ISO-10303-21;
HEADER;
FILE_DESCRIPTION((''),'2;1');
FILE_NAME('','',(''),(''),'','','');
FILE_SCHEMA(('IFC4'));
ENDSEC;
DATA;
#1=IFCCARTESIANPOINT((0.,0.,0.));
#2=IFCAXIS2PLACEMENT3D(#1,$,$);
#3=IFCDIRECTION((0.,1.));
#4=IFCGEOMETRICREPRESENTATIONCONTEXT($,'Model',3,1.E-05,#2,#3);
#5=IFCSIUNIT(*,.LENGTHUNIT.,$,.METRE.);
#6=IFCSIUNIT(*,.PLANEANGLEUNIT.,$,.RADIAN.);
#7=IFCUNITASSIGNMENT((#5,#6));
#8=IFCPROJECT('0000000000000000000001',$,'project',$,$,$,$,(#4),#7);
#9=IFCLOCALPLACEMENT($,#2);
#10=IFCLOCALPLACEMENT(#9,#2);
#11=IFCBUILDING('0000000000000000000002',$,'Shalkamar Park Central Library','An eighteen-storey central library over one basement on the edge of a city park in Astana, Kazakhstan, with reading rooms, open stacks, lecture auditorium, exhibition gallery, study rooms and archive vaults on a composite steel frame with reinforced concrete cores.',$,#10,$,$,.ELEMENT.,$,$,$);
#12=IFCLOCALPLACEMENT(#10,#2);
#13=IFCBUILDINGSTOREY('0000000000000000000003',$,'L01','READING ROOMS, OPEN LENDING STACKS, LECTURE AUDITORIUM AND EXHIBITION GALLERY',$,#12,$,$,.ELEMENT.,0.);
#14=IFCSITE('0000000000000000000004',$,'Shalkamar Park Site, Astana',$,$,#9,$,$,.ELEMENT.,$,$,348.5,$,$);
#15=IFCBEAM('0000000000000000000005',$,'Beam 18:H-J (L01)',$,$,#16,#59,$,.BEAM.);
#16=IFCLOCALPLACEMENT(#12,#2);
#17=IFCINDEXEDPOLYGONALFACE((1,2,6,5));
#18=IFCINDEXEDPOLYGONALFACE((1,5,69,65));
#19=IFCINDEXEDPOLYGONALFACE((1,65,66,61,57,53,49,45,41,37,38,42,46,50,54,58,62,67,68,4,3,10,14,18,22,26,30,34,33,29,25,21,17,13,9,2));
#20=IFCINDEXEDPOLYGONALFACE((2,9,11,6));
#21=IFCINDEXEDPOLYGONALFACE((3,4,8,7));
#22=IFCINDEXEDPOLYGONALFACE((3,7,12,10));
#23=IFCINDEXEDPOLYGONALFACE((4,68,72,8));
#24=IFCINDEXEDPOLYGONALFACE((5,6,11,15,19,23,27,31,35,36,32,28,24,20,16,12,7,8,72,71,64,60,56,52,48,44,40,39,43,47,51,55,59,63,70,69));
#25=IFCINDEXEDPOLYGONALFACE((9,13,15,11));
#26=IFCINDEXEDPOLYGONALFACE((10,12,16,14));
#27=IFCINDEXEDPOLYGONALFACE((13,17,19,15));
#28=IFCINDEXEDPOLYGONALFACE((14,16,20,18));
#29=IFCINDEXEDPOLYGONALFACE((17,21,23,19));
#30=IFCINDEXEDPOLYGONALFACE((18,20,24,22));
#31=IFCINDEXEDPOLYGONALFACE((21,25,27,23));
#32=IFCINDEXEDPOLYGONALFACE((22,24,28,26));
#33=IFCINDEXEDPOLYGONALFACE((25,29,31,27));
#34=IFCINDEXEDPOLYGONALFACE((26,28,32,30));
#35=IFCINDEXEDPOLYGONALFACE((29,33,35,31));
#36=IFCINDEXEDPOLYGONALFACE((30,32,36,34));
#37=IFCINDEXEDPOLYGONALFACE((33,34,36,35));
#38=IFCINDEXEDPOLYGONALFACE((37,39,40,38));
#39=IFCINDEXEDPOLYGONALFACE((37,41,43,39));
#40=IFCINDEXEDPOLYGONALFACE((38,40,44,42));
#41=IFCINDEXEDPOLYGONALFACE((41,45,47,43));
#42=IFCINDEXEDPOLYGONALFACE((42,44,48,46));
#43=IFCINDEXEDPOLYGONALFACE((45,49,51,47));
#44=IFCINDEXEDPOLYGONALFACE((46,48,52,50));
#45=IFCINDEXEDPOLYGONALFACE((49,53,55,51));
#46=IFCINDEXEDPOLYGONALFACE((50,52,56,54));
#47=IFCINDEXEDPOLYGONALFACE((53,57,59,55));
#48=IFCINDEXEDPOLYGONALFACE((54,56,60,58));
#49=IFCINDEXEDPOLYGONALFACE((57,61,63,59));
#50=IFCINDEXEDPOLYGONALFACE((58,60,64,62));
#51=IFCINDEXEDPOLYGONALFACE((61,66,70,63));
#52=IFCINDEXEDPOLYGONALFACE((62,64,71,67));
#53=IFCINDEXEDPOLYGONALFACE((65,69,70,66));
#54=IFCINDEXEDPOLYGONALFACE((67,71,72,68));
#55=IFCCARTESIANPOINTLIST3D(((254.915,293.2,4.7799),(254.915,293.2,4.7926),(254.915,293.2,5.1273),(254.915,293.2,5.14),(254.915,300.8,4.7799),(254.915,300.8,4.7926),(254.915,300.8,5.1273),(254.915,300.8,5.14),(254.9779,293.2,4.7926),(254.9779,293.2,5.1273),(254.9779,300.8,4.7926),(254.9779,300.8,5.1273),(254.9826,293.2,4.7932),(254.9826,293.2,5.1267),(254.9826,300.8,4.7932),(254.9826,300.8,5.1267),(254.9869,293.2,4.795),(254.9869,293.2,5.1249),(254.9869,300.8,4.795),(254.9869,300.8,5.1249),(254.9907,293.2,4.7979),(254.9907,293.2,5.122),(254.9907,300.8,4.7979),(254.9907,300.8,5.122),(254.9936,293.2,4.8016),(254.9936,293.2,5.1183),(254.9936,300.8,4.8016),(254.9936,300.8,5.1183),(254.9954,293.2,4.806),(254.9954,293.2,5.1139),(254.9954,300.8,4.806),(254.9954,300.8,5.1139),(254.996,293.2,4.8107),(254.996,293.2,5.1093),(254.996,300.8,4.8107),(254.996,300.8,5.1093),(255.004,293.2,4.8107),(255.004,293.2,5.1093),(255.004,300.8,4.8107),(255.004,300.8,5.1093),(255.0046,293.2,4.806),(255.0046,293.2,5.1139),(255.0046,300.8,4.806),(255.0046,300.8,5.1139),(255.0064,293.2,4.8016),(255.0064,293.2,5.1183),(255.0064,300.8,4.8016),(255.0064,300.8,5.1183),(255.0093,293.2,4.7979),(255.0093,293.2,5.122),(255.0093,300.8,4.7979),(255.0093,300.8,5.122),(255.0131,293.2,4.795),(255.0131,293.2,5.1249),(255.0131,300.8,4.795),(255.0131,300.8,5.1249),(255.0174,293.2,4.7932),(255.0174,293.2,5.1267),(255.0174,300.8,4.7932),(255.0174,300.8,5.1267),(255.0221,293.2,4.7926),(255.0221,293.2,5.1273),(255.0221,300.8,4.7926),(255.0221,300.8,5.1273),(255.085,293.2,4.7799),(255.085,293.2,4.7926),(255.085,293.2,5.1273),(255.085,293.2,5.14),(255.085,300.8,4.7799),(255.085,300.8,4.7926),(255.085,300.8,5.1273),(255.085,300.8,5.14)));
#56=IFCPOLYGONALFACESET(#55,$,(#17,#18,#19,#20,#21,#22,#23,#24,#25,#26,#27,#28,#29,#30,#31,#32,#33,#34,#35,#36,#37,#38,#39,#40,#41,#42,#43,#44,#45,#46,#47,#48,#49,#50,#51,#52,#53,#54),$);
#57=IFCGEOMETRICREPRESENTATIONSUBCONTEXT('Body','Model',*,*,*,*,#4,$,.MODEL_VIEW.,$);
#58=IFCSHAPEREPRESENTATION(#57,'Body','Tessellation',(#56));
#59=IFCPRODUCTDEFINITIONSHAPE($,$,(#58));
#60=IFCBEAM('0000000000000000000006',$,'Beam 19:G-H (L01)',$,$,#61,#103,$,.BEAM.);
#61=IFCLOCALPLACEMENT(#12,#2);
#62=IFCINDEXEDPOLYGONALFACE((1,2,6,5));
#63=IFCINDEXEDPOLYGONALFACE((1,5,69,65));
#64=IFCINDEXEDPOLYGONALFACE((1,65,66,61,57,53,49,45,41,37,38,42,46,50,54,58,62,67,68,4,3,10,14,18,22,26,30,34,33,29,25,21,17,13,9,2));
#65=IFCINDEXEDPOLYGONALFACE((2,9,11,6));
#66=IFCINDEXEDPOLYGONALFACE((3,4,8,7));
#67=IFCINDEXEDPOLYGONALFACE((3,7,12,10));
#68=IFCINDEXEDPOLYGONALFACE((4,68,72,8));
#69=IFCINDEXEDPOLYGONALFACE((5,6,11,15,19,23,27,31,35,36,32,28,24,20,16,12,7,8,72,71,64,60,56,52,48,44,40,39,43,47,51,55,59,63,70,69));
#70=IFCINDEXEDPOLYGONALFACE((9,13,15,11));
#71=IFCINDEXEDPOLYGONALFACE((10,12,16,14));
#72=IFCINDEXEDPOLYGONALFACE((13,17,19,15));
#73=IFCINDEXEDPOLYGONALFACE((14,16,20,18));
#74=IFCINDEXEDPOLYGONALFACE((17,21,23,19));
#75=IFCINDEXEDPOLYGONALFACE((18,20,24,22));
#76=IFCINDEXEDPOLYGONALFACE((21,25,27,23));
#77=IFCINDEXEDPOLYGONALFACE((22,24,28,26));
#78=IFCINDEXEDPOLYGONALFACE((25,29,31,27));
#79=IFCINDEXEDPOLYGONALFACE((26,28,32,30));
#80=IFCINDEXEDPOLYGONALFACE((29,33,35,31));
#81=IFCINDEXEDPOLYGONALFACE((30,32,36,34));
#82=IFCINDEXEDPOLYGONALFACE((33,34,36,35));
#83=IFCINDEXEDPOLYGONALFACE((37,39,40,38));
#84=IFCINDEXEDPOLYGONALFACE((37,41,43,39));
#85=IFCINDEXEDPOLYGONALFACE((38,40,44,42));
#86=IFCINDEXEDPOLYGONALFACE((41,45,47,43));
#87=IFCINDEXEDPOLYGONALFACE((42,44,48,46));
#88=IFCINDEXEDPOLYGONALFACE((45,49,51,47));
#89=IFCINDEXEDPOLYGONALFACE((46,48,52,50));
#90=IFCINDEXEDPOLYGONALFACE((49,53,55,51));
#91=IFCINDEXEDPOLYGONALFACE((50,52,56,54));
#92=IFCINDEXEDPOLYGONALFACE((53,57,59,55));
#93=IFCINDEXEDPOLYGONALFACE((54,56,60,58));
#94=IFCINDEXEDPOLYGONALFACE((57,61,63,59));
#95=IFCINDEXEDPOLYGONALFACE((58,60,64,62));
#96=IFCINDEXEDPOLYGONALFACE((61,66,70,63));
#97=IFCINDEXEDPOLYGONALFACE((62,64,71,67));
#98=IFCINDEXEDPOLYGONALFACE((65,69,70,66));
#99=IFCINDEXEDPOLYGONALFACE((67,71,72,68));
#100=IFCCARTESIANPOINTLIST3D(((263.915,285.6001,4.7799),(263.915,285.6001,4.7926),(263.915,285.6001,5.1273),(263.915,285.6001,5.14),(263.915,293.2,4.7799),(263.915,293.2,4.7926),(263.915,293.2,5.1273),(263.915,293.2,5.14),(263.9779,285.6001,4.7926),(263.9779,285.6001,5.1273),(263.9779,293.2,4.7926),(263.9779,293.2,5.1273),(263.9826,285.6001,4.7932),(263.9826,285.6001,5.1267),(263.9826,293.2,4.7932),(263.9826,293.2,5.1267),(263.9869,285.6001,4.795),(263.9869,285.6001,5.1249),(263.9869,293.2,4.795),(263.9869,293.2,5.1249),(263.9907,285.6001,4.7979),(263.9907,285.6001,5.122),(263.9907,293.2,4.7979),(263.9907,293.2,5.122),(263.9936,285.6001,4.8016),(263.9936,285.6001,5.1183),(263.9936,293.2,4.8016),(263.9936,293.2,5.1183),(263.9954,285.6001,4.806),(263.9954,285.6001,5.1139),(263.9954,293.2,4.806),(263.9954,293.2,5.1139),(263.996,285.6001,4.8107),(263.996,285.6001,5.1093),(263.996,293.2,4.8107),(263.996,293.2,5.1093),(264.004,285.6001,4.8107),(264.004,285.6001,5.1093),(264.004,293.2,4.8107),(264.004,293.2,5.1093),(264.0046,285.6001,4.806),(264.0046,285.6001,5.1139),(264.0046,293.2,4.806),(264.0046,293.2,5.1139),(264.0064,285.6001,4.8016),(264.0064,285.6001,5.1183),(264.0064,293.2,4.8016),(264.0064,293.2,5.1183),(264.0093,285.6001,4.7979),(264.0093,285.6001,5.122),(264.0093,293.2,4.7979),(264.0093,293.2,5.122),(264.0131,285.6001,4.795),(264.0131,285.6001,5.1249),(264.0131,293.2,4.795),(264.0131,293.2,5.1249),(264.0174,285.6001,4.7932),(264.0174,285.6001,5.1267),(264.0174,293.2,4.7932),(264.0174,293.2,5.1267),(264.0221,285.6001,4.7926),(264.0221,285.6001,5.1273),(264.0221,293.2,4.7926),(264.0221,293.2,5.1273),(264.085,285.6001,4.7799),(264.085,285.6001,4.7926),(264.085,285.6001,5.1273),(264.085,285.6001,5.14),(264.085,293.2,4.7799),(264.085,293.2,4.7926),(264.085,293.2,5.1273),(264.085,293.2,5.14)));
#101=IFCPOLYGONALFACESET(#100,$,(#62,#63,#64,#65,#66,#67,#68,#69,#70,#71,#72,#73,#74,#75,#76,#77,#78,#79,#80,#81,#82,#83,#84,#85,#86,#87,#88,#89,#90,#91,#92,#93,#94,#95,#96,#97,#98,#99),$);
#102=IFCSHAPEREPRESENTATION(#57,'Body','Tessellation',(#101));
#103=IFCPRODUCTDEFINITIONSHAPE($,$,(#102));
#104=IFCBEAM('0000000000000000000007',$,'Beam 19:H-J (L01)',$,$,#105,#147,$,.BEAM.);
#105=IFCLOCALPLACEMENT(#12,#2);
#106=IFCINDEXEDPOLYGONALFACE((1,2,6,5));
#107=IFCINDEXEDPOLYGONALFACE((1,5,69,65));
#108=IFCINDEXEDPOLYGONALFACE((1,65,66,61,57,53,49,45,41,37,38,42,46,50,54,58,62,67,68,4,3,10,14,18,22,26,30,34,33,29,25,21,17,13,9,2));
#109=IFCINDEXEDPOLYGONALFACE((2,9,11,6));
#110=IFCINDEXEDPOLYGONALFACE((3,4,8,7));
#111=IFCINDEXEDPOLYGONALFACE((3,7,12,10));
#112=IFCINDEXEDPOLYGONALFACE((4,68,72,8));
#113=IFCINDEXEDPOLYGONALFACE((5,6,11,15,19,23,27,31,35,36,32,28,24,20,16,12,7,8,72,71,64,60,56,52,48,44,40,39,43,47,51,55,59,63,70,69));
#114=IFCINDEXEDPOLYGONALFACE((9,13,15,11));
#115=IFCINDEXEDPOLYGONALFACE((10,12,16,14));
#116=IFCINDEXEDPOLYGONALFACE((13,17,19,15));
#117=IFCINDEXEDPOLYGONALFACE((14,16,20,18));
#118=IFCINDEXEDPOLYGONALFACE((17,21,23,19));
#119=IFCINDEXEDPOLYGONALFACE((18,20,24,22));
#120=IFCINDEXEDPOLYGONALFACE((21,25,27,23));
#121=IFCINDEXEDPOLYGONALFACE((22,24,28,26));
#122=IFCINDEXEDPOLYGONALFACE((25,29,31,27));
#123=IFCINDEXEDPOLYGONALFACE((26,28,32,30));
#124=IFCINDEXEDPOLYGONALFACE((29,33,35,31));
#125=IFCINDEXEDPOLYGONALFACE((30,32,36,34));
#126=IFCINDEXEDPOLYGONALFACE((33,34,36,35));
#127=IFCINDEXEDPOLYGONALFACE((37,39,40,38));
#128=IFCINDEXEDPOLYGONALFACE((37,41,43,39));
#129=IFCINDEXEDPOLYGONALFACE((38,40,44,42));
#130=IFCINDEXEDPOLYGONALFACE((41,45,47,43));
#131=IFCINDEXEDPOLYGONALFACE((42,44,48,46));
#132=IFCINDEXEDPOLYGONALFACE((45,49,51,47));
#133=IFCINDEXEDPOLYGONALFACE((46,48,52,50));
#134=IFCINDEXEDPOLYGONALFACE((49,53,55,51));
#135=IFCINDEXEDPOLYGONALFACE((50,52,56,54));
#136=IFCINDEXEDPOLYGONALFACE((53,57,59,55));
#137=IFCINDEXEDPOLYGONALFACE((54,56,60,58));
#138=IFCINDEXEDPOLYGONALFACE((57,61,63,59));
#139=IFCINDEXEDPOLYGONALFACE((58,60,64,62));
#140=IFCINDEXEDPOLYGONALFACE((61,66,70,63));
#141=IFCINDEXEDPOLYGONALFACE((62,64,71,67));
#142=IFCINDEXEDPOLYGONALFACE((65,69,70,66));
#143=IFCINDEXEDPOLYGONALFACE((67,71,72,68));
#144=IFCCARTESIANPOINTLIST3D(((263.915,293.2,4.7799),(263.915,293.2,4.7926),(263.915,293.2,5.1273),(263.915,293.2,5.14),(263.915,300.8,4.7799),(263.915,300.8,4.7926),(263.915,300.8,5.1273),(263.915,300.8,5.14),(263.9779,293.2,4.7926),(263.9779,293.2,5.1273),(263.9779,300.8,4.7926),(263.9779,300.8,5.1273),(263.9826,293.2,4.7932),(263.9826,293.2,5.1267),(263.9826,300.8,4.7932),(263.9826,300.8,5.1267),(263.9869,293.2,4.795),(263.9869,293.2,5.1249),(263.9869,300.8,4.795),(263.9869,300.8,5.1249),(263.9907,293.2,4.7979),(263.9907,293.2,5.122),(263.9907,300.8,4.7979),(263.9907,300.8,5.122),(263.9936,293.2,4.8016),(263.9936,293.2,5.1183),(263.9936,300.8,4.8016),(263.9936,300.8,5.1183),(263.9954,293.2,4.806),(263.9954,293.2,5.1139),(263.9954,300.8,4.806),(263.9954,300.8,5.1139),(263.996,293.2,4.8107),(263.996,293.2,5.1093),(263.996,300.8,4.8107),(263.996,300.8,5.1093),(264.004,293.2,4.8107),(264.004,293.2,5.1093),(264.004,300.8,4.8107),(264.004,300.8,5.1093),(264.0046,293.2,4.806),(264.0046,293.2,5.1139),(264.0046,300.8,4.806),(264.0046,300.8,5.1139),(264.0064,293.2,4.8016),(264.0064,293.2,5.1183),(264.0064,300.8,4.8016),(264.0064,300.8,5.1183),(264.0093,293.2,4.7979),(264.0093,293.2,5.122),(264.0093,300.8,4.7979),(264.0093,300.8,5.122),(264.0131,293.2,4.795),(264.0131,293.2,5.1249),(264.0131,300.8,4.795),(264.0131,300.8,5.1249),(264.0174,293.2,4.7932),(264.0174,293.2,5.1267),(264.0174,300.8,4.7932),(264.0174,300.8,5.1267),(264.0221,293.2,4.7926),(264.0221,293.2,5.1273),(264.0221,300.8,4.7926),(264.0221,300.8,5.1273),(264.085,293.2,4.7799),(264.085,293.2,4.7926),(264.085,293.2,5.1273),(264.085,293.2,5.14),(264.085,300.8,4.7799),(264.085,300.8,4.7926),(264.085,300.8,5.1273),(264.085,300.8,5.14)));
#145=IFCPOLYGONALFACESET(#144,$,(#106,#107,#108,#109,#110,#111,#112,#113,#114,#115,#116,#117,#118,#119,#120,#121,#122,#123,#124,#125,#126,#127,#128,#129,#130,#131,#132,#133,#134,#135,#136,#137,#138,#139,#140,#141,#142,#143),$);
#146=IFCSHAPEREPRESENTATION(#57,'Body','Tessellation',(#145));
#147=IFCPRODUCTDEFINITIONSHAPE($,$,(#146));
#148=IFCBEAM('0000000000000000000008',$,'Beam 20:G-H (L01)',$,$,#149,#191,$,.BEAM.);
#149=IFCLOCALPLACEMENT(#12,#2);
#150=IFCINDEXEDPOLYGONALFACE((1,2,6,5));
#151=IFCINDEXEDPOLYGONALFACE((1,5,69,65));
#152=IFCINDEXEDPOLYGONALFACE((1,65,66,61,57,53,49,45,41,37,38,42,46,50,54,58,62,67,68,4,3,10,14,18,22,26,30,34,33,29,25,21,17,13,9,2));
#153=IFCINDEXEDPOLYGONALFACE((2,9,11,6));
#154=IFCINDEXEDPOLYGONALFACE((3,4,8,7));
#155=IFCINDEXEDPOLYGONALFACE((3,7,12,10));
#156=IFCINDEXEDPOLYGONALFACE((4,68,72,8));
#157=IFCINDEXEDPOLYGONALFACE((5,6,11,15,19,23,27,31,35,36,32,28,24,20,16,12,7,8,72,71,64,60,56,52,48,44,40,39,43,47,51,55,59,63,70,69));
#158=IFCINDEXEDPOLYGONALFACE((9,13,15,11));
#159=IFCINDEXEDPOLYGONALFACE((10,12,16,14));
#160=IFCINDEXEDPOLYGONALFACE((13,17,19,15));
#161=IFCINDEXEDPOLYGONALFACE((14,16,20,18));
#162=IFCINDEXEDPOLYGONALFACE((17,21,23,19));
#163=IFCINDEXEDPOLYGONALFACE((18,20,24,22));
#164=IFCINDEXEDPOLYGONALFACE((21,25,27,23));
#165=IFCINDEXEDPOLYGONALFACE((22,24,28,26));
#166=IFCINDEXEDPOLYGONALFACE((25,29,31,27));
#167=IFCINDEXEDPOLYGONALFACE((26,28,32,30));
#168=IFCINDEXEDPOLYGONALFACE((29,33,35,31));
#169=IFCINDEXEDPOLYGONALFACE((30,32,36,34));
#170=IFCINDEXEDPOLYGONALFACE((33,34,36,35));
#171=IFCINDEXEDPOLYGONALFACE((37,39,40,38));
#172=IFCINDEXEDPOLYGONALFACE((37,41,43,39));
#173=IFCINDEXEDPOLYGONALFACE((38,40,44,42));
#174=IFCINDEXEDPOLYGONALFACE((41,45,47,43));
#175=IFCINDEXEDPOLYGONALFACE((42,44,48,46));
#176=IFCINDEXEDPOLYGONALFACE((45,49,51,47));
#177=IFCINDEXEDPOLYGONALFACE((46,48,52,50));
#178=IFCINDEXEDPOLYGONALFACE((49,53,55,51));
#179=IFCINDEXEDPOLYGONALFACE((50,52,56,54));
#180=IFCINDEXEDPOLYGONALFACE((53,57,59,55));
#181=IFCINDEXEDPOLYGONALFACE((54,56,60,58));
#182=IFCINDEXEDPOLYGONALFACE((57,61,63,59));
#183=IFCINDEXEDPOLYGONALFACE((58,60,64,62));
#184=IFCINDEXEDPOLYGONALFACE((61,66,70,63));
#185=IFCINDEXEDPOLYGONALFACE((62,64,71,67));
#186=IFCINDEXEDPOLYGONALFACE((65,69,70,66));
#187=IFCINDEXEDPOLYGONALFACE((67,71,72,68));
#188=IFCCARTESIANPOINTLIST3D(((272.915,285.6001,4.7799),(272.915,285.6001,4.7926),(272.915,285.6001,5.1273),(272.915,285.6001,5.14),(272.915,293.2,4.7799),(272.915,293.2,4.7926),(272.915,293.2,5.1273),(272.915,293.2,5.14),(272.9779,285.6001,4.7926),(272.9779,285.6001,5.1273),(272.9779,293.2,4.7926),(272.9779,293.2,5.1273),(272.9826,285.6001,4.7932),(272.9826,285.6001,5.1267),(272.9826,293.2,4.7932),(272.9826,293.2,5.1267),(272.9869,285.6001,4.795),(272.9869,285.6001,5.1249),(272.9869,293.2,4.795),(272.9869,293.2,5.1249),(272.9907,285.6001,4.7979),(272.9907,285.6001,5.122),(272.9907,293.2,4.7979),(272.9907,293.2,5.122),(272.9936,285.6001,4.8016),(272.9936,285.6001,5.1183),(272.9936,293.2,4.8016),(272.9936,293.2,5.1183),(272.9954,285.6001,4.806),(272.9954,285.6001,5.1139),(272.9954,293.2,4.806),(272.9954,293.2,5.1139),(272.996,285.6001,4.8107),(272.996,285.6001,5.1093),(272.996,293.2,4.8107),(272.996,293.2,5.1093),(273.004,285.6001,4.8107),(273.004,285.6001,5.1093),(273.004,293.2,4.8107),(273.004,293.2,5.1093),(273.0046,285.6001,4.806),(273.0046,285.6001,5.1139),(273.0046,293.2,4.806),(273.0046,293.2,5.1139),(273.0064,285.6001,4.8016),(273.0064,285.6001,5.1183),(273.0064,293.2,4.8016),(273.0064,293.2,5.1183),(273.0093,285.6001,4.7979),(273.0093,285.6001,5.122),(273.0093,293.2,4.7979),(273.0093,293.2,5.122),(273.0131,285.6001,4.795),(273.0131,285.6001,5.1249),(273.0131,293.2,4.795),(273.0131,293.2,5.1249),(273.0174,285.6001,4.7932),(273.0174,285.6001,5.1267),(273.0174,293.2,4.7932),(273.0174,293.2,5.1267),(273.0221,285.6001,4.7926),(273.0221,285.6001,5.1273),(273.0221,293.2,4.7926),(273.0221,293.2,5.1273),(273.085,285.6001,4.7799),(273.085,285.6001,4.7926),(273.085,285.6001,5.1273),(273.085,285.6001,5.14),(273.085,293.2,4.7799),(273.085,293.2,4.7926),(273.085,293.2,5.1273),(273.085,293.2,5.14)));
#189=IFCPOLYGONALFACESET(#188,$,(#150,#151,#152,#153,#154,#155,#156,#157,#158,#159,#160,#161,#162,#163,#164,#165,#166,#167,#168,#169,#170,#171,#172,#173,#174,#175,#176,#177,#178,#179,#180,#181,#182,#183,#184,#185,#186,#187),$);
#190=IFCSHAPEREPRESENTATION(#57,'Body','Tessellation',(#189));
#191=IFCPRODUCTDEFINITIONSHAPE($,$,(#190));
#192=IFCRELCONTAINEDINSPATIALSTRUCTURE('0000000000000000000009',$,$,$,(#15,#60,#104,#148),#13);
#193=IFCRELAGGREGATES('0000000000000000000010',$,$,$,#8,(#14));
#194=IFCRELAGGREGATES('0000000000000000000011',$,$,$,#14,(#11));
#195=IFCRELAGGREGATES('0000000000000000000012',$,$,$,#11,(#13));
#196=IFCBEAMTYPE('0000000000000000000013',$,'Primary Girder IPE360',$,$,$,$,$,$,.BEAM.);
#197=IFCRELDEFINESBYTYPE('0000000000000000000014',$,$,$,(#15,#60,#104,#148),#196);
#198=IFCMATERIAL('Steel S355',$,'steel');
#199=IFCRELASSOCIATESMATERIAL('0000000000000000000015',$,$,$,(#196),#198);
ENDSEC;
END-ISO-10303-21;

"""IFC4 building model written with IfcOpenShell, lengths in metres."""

from ifc_helpers import new_model, si_unit, direction, frame, origin, origin_2d, place, context, subcontext, project, spatial, i_section, extrude, material, material_profile, profile_set, type_object, element, save


model = new_model("IFC4")

# Units and contexts
model_context = context("Model", 3, precision=1e-05, world=origin(), true_north=direction((0.0, 1.0)))
body_context = subcontext(model_context, "Body", "Model", "MODEL_VIEW")
ifc_project = project(units=[si_unit("LENGTHUNIT", "METRE"), si_unit("PLANEANGLEUNIT", "RADIAN")], contexts=[model_context])

# Site, building, storey
site_placement = place(None, origin())
site = spatial("IfcSite", under=ifc_project, at=site_placement, Name="Shalkamar Park Site, Astana", CompositionType="ELEMENT", RefElevation=348.5)
building_placement = place(site_placement, origin())
building = spatial("IfcBuilding", under=site, at=building_placement, Name="Shalkamar Park Central Library", Description="An eighteen-storey central library over one basement on the edge of a city park in Astana, Kazakhstan, with reading rooms, open stacks, lecture auditorium, exhibition gallery, study rooms and archive vaults on a composite steel frame with reinforced concrete cores.", CompositionType="ELEMENT")
storey_placement = place(building_placement, origin())
storey = spatial("IfcBuildingStorey", under=building, at=storey_placement, Name="L01", Description="READING ROOMS, OPEN LENDING STACKS, LECTURE AUDITORIUM AND EXHIBITION GALLERY", CompositionType="ELEMENT", Elevation=0.0)

# Shared definitions
ifc_material = material(Name="Steel S355", Category="steel")

# Beams
ifc_material_profile_1 = material_profile(ifc_material, i_section(OverallWidth=0.1699, OverallDepth=0.3601, WebThickness=0.0081, FlangeThickness=0.0127, FilletRadius=0.0181, at=origin_2d()), Name="IPE 360")
ifc_profile_set_1 = profile_set([ifc_material_profile_1], Name="Steel S355")
beam_type_1 = type_object("IfcBeamType", Name="Primary Girder IPE360", PredefinedType="BEAM", material=ifc_profile_set_1)
beam_1_placement = place(storey_placement, frame((255.0, 293.2, 4.96), z_axis=(0.0, 1.0, 0.0), x_axis=(-1.0, 0.0, 0.0)))
element("IfcBeam", 1, at=beam_1_placement, inside=storey, type_object=beam_type_1, Name="Beam 18:H-J (L01)", PredefinedType="BEAM", context=body_context, shape_type="SweptSolid", body=[
    extrude(i_section(OverallWidth=0.1699, OverallDepth=0.3601, WebThickness=0.0081, FlangeThickness=0.0127, FilletRadius=0.0181, at=origin_2d()), origin(), (0.0, 0.0, 1.0), 7.6001),
])
beam_2_placement = place(storey_placement, frame((264.0, 285.6001, 4.96), z_axis=(0.0, 1.0, 0.0), x_axis=(-1.0, 0.0, 0.0)))
element("IfcBeam", 2, at=beam_2_placement, inside=storey, type_object=beam_type_1, Name="Beam 19:G-H (L01)", PredefinedType="BEAM", context=body_context, shape_type="SweptSolid", body=[
    extrude(i_section(OverallWidth=0.1699, OverallDepth=0.3601, WebThickness=0.0081, FlangeThickness=0.0127, FilletRadius=0.0181, at=origin_2d()), origin(), (0.0, 0.0, 1.0), 7.5999),
])
beam_3_placement = place(storey_placement, frame((264.0, 293.2, 4.96), z_axis=(0.0, 1.0, 0.0), x_axis=(-1.0, 0.0, 0.0)))
element("IfcBeam", 3, at=beam_3_placement, inside=storey, type_object=beam_type_1, Name="Beam 19:H-J (L01)", PredefinedType="BEAM", context=body_context, shape_type="SweptSolid", body=[
    extrude(i_section(OverallWidth=0.1699, OverallDepth=0.3601, WebThickness=0.0081, FlangeThickness=0.0127, FilletRadius=0.0181, at=origin_2d()), origin(), (0.0, 0.0, 1.0), 7.6001),
])
beam_4_placement = place(storey_placement, frame((273.0, 285.6001, 4.96), z_axis=(0.0, 1.0, 0.0), x_axis=(-1.0, 0.0, 0.0)))
element("IfcBeam", 4, at=beam_4_placement, inside=storey, type_object=beam_type_1, Name="Beam 20:G-H (L01)", PredefinedType="BEAM", context=body_context, shape_type="SweptSolid", body=[
    extrude(i_section(OverallWidth=0.1699, OverallDepth=0.3601, WebThickness=0.0081, FlangeThickness=0.0127, FilletRadius=0.0181, at=origin_2d()), origin(), (0.0, 0.0, 1.0), 7.5999),
])

save(model, "model.ifc")
